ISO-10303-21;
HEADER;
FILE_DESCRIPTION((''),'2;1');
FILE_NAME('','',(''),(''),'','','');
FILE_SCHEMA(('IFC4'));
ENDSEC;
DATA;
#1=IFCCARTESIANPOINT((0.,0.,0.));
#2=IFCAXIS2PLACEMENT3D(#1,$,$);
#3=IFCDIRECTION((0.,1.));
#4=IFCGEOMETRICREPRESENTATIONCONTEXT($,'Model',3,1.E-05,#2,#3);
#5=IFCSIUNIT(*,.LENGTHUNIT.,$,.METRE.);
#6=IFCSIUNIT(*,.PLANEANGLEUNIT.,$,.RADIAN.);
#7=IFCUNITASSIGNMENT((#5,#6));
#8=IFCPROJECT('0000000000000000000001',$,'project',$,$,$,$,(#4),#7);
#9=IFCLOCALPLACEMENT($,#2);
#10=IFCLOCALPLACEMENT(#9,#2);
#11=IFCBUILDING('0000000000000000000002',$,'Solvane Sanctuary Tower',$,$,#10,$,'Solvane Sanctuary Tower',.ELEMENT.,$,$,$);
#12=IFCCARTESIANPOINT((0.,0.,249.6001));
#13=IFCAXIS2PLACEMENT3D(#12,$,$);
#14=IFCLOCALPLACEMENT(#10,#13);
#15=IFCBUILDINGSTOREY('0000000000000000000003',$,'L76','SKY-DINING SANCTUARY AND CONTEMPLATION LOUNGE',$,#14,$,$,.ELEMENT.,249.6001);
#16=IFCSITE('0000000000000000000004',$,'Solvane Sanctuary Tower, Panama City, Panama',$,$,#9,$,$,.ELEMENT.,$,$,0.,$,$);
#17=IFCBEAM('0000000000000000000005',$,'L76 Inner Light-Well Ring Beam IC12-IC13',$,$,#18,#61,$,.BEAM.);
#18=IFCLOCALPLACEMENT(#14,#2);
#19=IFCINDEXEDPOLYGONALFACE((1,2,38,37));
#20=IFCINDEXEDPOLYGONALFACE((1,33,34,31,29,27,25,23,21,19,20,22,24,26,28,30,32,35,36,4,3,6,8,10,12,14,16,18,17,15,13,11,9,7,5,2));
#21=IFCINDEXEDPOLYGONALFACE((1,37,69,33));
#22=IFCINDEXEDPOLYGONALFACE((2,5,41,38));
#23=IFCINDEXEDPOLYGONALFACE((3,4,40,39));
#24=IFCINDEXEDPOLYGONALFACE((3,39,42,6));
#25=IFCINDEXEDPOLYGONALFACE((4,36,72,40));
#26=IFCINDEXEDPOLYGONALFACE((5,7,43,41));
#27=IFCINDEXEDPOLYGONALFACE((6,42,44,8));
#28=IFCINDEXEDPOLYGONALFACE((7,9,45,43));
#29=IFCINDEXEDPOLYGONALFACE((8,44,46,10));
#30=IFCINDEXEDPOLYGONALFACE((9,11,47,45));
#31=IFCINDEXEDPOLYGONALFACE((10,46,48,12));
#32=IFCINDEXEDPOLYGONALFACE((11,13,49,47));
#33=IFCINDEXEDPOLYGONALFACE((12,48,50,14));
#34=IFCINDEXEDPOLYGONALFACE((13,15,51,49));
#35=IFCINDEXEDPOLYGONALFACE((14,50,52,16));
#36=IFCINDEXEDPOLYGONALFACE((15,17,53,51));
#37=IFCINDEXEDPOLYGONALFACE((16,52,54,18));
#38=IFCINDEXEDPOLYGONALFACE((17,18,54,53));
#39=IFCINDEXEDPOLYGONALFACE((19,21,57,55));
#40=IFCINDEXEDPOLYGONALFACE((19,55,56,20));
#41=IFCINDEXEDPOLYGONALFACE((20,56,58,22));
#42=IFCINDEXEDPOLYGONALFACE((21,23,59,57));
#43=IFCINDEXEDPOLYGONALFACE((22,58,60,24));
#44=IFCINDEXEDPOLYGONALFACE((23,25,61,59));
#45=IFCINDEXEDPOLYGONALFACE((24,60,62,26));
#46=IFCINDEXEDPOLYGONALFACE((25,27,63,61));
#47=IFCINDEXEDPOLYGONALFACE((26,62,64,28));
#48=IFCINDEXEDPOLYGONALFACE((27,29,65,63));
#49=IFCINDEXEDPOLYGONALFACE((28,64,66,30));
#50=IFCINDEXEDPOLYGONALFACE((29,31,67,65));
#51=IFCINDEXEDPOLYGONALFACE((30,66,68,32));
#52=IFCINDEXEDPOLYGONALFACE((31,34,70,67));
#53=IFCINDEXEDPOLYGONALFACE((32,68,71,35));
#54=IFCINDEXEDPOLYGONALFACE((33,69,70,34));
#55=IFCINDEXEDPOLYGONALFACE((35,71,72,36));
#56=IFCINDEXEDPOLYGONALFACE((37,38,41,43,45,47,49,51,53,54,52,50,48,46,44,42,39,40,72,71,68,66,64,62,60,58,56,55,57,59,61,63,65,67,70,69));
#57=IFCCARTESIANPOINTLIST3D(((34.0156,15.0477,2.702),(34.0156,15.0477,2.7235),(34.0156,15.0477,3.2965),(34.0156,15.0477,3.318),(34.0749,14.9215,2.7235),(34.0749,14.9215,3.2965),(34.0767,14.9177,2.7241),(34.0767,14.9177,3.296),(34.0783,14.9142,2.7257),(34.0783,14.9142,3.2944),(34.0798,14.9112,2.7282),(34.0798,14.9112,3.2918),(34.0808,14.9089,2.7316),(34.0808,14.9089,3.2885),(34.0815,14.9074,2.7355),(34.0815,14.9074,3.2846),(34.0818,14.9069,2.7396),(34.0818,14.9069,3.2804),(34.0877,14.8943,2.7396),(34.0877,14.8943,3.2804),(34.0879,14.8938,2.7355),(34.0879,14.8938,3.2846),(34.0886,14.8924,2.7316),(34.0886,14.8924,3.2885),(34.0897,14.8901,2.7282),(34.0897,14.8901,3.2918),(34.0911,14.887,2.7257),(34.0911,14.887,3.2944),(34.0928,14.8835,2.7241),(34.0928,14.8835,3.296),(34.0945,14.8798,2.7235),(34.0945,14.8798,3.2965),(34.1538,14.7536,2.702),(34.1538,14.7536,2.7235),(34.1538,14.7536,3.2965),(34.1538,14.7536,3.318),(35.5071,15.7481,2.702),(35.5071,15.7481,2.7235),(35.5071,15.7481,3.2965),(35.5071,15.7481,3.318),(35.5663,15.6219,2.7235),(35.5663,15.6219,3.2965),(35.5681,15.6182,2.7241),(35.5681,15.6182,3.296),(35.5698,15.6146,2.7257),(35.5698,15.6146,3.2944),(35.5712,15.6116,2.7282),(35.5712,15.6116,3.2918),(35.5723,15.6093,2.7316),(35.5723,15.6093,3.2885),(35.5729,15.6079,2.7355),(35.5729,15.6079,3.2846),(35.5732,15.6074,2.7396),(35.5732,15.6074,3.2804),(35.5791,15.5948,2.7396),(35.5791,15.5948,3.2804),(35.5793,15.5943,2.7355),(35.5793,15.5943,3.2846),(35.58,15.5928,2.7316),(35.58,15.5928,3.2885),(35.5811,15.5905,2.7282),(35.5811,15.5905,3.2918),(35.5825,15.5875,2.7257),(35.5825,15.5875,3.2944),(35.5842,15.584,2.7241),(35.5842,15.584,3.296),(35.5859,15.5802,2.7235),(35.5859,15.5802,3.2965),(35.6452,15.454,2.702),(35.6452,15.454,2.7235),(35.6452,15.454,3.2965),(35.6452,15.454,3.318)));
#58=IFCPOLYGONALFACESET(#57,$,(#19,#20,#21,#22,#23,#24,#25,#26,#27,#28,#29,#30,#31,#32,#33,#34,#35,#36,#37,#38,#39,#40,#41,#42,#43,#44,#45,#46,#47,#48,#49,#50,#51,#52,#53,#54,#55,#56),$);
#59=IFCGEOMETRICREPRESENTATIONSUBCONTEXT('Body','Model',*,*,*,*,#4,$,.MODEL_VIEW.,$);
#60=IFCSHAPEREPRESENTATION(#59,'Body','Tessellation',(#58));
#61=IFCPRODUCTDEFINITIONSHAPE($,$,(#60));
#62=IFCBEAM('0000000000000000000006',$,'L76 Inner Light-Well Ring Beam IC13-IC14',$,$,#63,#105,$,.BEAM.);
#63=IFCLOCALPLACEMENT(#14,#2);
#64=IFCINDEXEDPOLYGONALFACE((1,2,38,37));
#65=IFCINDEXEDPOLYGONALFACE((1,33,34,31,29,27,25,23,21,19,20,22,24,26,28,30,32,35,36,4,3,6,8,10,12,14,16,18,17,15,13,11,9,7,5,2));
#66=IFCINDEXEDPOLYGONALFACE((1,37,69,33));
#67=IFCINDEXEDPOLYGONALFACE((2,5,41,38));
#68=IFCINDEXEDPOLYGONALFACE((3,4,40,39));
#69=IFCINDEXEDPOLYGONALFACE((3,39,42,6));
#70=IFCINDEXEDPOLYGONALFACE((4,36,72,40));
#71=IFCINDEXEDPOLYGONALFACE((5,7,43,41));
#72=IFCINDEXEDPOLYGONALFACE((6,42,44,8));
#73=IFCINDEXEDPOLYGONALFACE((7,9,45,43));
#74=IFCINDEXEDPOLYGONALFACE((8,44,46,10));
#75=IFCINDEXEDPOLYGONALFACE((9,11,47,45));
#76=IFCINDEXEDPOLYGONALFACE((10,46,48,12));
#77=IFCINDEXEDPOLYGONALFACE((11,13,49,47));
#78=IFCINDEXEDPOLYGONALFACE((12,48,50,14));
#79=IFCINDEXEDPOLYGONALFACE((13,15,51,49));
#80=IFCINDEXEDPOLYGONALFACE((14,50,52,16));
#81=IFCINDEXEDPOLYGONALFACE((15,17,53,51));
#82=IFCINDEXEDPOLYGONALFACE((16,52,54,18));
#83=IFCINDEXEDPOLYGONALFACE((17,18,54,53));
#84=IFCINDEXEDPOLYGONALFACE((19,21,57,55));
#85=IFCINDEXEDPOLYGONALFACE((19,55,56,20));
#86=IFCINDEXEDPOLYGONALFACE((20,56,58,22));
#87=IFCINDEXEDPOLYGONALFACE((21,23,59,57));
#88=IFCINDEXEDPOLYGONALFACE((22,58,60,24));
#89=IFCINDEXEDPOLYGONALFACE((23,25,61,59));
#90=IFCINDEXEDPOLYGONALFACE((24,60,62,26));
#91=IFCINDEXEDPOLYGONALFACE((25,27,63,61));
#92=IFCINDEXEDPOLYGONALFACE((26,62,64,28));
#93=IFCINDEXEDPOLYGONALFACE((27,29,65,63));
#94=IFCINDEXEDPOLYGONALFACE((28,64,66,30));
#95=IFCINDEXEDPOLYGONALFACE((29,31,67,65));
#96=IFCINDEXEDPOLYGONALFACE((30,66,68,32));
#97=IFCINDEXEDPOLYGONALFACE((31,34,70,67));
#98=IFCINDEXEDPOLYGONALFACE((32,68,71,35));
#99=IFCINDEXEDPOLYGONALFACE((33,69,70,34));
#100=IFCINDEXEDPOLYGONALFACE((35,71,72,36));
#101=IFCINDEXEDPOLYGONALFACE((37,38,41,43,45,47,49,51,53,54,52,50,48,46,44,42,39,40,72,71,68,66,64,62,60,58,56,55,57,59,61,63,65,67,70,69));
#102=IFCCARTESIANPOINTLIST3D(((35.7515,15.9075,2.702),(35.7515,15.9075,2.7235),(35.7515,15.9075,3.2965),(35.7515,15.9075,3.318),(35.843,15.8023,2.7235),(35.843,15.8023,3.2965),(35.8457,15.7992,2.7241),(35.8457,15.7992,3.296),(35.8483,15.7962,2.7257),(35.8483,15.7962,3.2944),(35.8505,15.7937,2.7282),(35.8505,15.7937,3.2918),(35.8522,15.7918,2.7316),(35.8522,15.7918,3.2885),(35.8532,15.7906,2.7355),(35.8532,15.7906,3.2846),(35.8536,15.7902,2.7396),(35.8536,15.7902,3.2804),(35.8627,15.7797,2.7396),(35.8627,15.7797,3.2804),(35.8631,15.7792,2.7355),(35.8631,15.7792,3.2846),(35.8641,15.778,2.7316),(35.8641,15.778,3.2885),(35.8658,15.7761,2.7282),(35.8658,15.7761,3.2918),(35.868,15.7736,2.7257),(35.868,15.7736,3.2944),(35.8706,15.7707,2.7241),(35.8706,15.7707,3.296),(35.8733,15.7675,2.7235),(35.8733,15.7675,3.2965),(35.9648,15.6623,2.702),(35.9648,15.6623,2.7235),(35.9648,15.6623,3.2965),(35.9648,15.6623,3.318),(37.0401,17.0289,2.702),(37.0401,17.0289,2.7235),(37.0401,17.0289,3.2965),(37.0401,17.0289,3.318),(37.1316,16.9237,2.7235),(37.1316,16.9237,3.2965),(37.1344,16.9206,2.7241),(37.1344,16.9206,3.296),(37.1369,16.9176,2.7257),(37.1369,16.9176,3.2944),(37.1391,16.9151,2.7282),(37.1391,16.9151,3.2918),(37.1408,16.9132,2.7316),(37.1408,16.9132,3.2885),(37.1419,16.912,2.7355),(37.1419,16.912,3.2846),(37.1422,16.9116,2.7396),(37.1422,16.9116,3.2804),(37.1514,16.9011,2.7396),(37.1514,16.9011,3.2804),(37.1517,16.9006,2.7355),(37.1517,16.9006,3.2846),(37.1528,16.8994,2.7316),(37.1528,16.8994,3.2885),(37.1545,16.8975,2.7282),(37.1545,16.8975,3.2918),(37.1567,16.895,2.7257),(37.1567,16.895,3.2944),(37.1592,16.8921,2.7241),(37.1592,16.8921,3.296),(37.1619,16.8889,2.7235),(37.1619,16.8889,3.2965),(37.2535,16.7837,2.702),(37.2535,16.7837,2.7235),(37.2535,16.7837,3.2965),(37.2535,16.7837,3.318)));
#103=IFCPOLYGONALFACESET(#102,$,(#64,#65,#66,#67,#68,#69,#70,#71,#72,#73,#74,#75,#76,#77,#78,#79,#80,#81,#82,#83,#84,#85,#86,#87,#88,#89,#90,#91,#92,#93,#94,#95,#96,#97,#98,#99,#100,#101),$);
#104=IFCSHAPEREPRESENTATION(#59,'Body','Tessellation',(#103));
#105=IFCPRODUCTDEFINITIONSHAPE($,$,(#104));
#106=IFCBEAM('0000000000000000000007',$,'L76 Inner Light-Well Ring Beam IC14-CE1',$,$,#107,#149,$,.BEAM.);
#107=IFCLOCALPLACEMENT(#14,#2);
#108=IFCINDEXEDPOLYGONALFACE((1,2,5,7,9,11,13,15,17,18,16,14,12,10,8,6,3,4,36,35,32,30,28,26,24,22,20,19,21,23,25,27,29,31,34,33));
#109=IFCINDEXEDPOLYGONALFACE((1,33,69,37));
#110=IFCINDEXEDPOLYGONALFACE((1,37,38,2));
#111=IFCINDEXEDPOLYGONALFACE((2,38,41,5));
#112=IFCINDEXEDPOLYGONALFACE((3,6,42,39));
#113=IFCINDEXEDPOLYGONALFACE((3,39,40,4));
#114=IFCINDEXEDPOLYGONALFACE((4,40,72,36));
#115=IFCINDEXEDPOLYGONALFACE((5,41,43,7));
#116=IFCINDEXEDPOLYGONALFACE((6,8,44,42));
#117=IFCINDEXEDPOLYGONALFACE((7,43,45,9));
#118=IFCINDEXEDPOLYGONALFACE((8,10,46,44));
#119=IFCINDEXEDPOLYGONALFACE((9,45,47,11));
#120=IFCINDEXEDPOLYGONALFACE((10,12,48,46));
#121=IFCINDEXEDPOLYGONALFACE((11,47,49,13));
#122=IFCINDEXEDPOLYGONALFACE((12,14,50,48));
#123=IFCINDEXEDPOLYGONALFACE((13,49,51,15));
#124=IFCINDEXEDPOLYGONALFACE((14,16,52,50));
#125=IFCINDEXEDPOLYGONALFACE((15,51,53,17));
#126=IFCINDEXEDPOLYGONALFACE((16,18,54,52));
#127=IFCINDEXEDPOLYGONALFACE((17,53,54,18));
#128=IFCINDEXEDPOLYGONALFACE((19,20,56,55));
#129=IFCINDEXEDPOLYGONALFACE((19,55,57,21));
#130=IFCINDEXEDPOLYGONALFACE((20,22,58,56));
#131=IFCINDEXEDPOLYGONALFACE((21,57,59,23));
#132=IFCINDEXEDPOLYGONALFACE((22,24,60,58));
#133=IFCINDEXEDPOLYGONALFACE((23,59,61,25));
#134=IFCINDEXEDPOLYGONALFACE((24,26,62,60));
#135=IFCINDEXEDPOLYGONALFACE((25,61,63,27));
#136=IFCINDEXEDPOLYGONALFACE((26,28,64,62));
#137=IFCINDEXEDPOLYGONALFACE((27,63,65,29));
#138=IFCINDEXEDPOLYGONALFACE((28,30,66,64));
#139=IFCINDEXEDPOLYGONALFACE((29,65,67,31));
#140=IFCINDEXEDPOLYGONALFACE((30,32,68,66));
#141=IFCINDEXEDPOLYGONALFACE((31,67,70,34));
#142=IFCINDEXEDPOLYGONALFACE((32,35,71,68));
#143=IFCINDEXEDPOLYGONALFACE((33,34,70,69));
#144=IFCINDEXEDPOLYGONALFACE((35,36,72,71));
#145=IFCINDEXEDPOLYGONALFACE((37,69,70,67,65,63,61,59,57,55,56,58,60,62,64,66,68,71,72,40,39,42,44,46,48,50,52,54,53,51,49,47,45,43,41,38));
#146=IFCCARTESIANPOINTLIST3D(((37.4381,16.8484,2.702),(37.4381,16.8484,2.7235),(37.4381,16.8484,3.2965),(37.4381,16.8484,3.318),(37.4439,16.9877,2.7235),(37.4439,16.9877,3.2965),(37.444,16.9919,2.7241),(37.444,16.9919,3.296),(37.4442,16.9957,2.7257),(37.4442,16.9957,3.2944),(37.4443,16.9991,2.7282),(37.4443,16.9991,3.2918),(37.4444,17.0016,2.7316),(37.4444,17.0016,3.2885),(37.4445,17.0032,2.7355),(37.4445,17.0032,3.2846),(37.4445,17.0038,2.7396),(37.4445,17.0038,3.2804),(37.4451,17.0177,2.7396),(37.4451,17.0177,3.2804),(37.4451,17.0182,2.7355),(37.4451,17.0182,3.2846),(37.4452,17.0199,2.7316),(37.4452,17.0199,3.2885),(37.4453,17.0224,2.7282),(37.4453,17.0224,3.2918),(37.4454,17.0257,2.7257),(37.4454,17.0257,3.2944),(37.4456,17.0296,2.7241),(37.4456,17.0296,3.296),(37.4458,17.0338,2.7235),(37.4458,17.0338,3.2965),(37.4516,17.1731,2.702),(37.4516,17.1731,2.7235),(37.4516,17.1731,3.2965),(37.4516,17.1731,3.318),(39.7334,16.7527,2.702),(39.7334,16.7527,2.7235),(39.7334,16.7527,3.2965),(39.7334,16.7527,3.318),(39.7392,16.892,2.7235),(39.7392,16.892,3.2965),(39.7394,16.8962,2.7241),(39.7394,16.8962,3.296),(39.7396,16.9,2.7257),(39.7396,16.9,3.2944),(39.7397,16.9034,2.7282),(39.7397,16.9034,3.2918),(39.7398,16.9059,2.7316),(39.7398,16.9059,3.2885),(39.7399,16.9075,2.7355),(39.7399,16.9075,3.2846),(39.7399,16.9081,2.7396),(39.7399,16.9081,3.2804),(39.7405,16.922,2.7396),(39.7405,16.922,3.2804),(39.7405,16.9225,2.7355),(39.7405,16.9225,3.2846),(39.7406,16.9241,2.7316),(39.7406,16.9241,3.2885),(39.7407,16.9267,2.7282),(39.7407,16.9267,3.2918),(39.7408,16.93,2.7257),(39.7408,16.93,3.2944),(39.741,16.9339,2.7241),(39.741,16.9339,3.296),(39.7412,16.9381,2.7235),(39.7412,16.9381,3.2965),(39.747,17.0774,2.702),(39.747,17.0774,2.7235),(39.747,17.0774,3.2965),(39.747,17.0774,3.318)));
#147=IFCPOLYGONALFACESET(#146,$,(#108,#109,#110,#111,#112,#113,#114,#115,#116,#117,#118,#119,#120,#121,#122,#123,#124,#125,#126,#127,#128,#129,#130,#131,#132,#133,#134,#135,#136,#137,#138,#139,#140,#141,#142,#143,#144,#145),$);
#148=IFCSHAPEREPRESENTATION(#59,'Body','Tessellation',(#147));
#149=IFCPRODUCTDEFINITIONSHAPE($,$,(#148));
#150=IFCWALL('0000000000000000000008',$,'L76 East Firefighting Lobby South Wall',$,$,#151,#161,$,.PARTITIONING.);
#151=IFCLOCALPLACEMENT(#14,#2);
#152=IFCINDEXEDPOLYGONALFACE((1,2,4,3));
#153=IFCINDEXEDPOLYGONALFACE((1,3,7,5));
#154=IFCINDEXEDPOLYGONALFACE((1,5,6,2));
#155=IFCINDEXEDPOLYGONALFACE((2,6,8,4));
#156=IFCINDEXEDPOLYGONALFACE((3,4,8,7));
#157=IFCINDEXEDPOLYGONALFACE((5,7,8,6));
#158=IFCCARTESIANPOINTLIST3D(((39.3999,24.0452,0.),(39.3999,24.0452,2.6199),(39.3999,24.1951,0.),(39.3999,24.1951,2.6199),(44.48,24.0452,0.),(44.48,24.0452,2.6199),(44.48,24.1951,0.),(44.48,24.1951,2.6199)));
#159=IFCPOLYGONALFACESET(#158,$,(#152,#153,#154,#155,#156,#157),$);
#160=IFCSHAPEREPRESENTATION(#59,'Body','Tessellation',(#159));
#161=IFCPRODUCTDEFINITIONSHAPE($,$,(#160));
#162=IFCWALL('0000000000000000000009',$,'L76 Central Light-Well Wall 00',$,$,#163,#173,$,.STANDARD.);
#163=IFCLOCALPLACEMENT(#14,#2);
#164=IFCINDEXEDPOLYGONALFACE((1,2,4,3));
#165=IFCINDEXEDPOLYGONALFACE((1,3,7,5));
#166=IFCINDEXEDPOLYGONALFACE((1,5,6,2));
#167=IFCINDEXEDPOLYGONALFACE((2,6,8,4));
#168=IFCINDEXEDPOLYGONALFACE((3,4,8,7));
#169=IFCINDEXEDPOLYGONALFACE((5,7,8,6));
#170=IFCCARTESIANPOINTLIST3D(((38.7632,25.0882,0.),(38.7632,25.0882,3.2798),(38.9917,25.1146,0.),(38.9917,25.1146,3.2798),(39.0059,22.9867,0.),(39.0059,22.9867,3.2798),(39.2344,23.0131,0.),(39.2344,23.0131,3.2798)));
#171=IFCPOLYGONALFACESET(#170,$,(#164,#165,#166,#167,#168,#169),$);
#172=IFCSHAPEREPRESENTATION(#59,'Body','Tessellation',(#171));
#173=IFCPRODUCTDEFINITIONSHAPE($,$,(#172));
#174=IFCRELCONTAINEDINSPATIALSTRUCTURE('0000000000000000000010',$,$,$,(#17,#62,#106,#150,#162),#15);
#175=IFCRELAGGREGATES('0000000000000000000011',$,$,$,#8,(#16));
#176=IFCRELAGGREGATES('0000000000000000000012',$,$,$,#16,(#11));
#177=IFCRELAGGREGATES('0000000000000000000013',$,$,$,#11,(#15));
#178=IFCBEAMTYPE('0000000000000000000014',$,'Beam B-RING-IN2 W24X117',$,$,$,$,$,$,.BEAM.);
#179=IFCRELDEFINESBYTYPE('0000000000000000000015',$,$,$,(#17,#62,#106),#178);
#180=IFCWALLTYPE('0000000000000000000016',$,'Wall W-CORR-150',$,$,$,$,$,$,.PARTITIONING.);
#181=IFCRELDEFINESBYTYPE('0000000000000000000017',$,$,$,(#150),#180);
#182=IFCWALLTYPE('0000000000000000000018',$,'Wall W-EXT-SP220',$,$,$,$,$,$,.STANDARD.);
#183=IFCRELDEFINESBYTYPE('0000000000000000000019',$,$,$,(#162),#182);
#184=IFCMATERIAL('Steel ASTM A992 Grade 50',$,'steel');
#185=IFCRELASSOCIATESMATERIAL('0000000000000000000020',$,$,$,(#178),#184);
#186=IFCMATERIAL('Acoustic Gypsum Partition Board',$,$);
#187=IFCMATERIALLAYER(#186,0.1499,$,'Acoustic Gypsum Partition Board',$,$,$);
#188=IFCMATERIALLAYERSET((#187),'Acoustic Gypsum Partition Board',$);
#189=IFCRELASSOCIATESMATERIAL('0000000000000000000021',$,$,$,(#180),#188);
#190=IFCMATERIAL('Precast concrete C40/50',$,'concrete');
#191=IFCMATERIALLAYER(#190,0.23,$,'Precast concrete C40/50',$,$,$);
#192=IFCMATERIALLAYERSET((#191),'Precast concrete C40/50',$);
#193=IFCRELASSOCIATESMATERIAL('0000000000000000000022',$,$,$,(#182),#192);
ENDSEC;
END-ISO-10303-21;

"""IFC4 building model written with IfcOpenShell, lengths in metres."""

from ifc_helpers import new_model, si_unit, direction, frame, frame_2d, origin, origin_2d, place, context, subcontext, project, spatial, rectangle, i_section, extrude, material, layer, layer_set, material_profile, profile_set, type_object, element, save


model = new_model("IFC4")

# Units and contexts
model_context = context("Model", 3, precision=1e-05, world=origin(), true_north=direction((0.0, 1.0)))
body_context = subcontext(model_context, "Body", "Model", "MODEL_VIEW")
ifc_project = project(units=[si_unit("LENGTHUNIT", "METRE"), si_unit("PLANEANGLEUNIT", "RADIAN")], contexts=[model_context])

# Site, building, storey
site_placement = place(None, origin())
site = spatial("IfcSite", under=ifc_project, at=site_placement, Name="Solvane Sanctuary Tower, Panama City, Panama", CompositionType="ELEMENT", RefElevation=0.0)
building_placement = place(site_placement, origin())
building = spatial("IfcBuilding", under=site, at=building_placement, Name="Solvane Sanctuary Tower", LongName="Solvane Sanctuary Tower", CompositionType="ELEMENT")
storey_placement = place(building_placement, frame((0.0, 0.0, 249.6001)))
storey = spatial("IfcBuildingStorey", under=building, at=storey_placement, Name="L76", Description="SKY-DINING SANCTUARY AND CONTEMPLATION LOUNGE", CompositionType="ELEMENT", Elevation=249.6001)

# Beams
ifc_material_1 = material(Name="Steel ASTM A992 Grade 50", Category="steel")
ifc_material_profile_1 = material_profile(ifc_material_1, i_section(OverallWidth=0.325, OverallDepth=0.616, WebThickness=0.0139, FlangeThickness=0.0215, FilletRadius=0.0161, at=origin_2d()), Name="W24X117")
ifc_profile_set_1 = profile_set([ifc_material_profile_1], Name="Steel ASTM A992 Grade 50")
beam_type_1 = type_object("IfcBeamType", Name="Beam B-RING-IN2 W24X117", PredefinedType="BEAM", material=ifc_profile_set_1)
beam_1_placement = place(storey_placement, frame((34.0847, 14.9006, 3.01), z_axis=(0.905151, 0.42509, 0.0), x_axis=(-0.42509, 0.905151, 0.0)))
element("IfcBeam", 1, at=beam_1_placement, inside=storey, type_object=beam_type_1, Name="L76 Inner Light-Well Ring Beam IC12-IC13", PredefinedType="BEAM", context=body_context, shape_type="SweptSolid", body=[
    extrude(i_section(OverallWidth=0.325, OverallDepth=0.616, WebThickness=0.0139, FlangeThickness=0.0215, FilletRadius=0.0161, at=origin_2d()), origin(), (0.0, 0.0, 1.0), 1.6477),
])
beam_2_placement = place(storey_placement, frame((35.8582, 15.7849, 3.01), z_axis=(0.754362, 0.656458, 0.0), x_axis=(-0.656458, 0.754362, 0.0)))
element("IfcBeam", 2, at=beam_2_placement, inside=storey, type_object=beam_type_1, Name="L76 Inner Light-Well Ring Beam IC13-IC14", PredefinedType="BEAM", context=body_context, shape_type="SweptSolid", body=[
    extrude(i_section(OverallWidth=0.325, OverallDepth=0.616, WebThickness=0.0139, FlangeThickness=0.0215, FilletRadius=0.0161, at=origin_2d()), origin(), (0.0, 0.0, 1.0), 1.7083),
])
beam_3_placement = place(storey_placement, frame((37.4448, 17.0107, 3.01), z_axis=(0.999132, -0.041657, 0.0), x_axis=(0.041657, 0.999132, 0.0)))
element("IfcBeam", 3, at=beam_3_placement, inside=storey, type_object=beam_type_1, Name="L76 Inner Light-Well Ring Beam IC14-CE1", PredefinedType="BEAM", context=body_context, shape_type="SweptSolid", body=[
    extrude(i_section(OverallWidth=0.325, OverallDepth=0.616, WebThickness=0.0139, FlangeThickness=0.0215, FilletRadius=0.0161, at=origin_2d()), origin(), (0.0, 0.0, 1.0), 2.2974),
])

# Walls
ifc_material_2 = material(Name="Acoustic Gypsum Partition Board")
ifc_layer_1 = layer(ifc_material_2, 0.1499, Name="Acoustic Gypsum Partition Board")
ifc_layer_set_1 = layer_set([ifc_layer_1], Name="Acoustic Gypsum Partition Board")
wall_type_1 = type_object("IfcWallType", Name="Wall W-CORR-150", PredefinedType="PARTITIONING", material=ifc_layer_set_1)
wall_1_placement = place(storey_placement, frame((39.3999, 24.1201, 0.0), z_axis=(0.0, 0.0, 1.0), x_axis=(1.0, 0.0, 0.0)))
element("IfcWall", 4, at=wall_1_placement, inside=storey, type_object=wall_type_1, Name="L76 East Firefighting Lobby South Wall", PredefinedType="PARTITIONING", context=body_context, shape_type="SweptSolid", body=[
    extrude(rectangle(XDim=5.0801, YDim=0.1499, at=frame_2d((2.54, 0.0))), origin(), (0.0, 0.0, 1.0), 2.6199),
])
ifc_material_3 = material(Name="Precast concrete C40/50", Category="concrete")
ifc_layer_2 = layer(ifc_material_3, 0.23, Name="Precast concrete C40/50")
ifc_layer_set_2 = layer_set([ifc_layer_2], Name="Precast concrete C40/50")
wall_type_2 = type_object("IfcWallType", Name="Wall W-EXT-SP220", PredefinedType="STANDARD", material=ifc_layer_set_2)
wall_2_placement = place(storey_placement, frame((39.1201, 23.0, 0.0), z_axis=(0.0, 0.0, 1.0), x_axis=(-0.114712, 0.993399, 0.0)))
element("IfcWall", 5, at=wall_2_placement, inside=storey, type_object=wall_type_2, Name="L76 Central Light-Well Wall 00", PredefinedType="STANDARD", context=body_context, shape_type="SweptSolid", body=[
    extrude(rectangle(XDim=2.1155, YDim=0.23, at=frame_2d((1.0576, 0.0))), origin(), (0.0, 0.0, 1.0), 3.2798),
])

save(model, "model.ifc")
